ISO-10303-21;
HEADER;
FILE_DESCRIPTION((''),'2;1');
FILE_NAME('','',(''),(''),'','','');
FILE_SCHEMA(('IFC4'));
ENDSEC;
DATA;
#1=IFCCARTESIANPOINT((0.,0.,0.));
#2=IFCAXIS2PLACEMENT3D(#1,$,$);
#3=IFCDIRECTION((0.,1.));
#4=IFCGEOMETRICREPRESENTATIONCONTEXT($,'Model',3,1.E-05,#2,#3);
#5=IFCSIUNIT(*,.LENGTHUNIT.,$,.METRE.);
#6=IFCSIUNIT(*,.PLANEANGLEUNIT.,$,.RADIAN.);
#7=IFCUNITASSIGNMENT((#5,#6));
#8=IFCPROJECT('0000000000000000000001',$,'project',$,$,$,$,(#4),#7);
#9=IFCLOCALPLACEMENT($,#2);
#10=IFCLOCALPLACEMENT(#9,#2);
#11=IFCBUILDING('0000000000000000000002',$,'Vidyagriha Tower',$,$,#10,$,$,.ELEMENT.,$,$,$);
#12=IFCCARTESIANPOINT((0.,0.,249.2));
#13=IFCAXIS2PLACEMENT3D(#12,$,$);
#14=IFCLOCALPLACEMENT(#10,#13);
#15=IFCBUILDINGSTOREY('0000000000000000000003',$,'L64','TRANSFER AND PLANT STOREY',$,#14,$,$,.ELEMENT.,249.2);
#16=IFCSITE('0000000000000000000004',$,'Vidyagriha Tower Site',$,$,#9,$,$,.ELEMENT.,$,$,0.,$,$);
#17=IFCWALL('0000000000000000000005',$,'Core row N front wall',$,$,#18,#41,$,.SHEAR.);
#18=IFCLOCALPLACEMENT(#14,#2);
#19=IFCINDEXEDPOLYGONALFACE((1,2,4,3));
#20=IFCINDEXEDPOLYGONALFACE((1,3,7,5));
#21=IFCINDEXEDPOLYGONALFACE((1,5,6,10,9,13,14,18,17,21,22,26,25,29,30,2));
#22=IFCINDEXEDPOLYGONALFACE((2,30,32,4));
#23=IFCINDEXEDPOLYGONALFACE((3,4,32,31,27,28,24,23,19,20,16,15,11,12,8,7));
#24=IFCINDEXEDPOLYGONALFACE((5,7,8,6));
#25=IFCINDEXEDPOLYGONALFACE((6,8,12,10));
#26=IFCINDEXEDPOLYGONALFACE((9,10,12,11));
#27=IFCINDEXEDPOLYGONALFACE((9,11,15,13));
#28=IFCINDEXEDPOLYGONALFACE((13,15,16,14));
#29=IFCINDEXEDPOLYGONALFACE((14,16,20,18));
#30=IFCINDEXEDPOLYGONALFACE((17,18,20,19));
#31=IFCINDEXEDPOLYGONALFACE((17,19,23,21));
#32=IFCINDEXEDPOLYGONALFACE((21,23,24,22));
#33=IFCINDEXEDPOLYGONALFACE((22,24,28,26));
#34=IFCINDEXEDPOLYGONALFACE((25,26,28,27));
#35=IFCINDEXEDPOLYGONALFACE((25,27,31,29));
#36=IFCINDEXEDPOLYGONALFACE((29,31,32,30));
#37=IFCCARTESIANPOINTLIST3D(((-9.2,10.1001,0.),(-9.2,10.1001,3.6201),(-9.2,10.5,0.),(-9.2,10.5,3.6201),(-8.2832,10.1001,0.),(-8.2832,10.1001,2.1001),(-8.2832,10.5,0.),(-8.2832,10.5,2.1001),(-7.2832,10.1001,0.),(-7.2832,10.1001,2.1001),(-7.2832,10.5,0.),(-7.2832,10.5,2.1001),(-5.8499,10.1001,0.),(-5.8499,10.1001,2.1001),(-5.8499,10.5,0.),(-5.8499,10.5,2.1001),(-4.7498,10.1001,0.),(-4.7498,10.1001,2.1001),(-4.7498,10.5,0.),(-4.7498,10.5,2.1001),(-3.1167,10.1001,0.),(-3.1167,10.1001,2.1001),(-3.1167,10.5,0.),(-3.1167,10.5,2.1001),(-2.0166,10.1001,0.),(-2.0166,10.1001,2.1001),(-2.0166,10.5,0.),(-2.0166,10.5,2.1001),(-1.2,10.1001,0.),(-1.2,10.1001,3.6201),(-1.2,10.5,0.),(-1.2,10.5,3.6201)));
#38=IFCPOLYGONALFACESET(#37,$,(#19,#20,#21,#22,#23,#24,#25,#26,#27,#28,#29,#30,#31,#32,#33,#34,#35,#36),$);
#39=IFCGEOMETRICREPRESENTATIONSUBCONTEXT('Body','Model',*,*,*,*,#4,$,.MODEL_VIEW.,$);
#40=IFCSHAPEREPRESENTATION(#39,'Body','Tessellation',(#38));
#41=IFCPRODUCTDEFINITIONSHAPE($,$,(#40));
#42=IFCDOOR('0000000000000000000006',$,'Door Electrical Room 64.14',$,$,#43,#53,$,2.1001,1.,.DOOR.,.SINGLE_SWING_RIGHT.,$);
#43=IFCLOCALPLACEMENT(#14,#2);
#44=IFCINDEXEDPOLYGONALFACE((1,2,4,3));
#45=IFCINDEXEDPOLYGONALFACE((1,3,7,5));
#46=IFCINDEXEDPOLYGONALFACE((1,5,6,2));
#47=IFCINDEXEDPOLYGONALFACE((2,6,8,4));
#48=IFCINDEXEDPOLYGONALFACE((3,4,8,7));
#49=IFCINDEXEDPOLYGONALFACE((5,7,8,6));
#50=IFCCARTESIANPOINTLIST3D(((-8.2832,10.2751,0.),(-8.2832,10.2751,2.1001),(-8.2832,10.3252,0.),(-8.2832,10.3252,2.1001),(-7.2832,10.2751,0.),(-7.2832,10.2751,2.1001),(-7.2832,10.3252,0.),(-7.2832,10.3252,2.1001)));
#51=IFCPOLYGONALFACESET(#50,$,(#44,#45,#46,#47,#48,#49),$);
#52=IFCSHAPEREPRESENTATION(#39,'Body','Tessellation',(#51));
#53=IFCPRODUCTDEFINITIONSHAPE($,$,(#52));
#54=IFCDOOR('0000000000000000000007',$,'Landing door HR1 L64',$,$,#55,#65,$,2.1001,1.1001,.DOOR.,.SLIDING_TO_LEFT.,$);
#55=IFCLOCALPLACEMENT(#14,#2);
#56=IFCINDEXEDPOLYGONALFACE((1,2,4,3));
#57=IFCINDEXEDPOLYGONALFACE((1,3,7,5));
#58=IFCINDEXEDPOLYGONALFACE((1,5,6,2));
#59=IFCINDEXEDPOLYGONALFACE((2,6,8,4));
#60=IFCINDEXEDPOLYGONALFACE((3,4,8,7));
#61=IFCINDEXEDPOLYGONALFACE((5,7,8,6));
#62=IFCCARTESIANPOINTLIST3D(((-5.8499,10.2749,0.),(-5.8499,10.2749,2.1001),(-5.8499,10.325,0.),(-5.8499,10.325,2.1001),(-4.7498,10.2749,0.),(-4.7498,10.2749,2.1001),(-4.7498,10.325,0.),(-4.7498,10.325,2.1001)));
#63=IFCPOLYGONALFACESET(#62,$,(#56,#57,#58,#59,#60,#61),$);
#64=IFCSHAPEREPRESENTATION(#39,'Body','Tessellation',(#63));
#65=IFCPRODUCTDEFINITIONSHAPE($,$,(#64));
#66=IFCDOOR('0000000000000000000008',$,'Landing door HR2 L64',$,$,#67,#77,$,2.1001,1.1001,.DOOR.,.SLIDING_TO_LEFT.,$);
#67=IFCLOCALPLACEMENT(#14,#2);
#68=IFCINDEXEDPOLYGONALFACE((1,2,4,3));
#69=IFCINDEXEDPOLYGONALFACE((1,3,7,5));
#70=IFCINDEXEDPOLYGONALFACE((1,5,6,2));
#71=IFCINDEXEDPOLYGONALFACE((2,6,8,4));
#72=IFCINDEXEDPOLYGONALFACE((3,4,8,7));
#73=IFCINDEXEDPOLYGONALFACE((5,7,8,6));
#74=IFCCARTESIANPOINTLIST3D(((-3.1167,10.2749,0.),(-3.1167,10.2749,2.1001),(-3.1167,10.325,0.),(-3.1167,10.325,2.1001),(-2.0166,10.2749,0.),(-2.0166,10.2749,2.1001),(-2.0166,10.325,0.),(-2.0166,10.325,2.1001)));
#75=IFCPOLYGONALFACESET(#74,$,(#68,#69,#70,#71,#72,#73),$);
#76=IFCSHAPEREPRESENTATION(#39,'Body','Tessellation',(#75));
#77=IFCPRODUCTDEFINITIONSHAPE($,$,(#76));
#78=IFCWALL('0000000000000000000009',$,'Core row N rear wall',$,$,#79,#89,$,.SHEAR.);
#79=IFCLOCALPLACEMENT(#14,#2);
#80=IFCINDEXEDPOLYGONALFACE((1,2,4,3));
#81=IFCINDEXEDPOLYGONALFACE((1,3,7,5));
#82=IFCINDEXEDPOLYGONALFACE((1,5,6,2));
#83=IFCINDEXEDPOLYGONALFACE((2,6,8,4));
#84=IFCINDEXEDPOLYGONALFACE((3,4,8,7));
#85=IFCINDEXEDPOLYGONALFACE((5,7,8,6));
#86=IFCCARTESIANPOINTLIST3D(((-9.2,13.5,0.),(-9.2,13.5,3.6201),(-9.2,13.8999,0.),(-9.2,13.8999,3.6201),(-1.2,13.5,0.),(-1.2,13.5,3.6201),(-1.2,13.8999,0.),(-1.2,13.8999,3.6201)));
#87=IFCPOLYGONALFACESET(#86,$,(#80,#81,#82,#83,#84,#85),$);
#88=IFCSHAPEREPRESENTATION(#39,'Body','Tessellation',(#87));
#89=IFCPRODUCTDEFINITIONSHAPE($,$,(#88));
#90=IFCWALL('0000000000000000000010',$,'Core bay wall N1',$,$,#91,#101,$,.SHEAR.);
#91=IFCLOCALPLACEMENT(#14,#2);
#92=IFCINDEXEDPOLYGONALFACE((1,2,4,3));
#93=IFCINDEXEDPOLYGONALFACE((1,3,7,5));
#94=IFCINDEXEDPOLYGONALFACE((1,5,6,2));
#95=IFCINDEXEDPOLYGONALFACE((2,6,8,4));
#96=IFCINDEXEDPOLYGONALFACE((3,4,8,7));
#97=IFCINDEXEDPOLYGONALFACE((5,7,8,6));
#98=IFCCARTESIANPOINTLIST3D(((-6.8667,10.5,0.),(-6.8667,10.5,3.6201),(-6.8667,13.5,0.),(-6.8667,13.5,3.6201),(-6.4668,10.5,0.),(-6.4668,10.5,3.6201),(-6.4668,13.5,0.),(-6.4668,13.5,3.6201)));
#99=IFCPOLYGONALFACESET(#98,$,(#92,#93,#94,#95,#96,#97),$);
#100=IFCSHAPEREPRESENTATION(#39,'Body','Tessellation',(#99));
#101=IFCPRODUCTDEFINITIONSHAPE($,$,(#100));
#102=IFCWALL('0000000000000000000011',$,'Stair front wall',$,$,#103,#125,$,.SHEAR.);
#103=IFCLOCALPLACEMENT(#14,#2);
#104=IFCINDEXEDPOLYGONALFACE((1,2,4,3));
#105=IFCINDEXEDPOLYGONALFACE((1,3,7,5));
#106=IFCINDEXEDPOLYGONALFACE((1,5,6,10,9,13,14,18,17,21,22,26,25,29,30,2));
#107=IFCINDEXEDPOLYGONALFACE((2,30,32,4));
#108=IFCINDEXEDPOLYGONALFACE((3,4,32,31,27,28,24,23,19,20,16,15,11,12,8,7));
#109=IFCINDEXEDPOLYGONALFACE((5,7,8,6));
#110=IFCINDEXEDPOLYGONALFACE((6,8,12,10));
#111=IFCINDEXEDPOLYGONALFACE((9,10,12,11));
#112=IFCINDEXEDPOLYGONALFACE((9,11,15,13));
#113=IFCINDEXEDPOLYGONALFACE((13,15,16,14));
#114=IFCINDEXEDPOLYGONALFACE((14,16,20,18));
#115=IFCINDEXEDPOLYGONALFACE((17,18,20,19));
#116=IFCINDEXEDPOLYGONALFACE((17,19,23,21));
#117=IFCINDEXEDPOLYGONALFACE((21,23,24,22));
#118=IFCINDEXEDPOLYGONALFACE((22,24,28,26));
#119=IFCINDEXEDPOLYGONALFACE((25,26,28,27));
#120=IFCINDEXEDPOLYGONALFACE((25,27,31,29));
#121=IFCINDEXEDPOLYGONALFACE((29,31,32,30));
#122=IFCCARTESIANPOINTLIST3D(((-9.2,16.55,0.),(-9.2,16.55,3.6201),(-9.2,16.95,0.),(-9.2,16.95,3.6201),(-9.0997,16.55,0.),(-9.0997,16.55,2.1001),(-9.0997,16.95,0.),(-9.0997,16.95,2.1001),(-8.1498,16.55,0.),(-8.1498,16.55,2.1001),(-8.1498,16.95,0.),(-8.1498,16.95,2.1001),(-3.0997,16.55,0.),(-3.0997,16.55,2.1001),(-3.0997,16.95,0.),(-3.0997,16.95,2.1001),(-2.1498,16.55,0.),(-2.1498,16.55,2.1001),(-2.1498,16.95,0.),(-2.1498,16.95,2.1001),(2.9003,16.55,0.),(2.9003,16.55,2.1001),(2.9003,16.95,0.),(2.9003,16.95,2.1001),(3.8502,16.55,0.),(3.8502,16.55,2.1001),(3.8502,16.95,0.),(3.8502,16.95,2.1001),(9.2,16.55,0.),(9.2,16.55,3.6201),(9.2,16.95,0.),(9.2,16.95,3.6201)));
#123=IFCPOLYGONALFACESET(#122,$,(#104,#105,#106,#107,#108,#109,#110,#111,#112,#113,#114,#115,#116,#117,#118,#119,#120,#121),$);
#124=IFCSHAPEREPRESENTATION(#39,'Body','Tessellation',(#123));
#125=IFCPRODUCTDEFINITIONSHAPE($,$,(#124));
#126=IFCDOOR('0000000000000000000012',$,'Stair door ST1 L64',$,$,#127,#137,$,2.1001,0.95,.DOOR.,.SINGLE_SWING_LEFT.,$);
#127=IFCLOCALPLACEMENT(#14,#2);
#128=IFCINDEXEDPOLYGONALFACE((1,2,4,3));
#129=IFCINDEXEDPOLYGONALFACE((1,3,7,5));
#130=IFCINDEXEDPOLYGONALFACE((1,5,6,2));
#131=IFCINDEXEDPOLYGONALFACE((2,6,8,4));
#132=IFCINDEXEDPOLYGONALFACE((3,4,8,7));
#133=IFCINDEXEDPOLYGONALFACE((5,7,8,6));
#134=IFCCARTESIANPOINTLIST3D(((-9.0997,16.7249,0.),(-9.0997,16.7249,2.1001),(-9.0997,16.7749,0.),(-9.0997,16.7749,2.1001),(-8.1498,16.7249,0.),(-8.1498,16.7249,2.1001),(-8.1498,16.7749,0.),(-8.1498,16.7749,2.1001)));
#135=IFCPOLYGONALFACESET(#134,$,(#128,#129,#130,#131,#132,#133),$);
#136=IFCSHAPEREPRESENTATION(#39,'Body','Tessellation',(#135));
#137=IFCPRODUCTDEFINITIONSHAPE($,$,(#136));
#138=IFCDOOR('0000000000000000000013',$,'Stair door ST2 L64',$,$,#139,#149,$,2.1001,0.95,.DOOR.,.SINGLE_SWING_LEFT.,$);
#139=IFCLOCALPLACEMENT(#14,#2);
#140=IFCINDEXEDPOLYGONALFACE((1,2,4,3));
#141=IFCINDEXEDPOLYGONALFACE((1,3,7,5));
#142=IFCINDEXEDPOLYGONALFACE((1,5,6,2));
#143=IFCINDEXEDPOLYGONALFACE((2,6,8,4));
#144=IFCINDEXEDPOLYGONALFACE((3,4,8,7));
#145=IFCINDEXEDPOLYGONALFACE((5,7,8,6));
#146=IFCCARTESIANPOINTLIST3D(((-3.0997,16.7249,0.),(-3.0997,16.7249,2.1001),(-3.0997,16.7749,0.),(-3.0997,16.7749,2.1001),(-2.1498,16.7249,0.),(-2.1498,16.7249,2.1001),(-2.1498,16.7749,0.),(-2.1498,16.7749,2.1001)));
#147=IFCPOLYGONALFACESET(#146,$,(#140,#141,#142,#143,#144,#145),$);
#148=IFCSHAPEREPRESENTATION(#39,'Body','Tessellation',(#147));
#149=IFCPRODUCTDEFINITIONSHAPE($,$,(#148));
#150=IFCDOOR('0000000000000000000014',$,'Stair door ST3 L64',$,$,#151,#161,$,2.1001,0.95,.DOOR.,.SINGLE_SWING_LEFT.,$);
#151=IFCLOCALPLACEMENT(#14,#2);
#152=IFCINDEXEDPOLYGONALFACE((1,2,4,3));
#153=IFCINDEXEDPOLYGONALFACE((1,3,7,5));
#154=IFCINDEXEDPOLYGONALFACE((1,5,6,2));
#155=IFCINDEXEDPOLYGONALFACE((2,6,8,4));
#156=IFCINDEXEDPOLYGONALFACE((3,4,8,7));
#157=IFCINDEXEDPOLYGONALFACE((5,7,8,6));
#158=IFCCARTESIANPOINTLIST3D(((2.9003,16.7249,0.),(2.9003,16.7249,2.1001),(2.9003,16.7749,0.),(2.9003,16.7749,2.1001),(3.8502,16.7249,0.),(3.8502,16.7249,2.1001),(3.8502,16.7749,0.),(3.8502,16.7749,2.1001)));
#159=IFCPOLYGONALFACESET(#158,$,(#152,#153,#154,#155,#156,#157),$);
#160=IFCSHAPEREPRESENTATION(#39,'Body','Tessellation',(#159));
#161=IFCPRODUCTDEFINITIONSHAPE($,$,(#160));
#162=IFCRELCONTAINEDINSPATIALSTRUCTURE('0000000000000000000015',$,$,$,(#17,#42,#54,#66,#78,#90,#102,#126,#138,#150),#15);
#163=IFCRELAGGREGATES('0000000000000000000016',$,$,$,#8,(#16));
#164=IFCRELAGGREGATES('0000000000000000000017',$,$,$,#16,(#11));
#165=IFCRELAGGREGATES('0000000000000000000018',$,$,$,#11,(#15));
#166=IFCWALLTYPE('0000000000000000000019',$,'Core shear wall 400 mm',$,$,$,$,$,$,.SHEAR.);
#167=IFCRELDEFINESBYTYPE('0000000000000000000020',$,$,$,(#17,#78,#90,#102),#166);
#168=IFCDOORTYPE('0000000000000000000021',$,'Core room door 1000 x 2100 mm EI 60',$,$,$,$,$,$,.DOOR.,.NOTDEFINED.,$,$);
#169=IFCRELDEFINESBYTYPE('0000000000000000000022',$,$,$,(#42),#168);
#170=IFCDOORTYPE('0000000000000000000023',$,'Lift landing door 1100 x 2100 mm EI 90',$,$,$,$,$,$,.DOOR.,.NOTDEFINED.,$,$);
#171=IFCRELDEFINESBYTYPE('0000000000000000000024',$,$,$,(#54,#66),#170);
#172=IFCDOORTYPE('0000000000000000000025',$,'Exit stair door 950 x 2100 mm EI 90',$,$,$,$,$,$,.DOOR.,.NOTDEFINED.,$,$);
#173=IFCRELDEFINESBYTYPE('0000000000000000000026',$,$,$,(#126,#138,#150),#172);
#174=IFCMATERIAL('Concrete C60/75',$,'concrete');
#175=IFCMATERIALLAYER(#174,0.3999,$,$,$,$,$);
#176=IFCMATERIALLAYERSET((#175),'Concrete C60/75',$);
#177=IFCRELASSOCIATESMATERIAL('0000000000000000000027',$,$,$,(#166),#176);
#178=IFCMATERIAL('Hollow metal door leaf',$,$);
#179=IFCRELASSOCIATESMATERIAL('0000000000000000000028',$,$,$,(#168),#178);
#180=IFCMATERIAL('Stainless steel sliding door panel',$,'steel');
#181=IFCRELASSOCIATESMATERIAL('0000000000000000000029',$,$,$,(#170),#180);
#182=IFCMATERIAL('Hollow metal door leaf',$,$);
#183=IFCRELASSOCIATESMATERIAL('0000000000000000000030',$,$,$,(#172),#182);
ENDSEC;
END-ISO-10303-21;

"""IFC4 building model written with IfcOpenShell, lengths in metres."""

from ifc_helpers import new_model, si_unit, direction, frame, frame_2d, origin, place, context, subcontext, project, spatial, rectangle, extrude, material, layer, layer_set, type_object, element, fill, save


model = new_model("IFC4")

# Units and contexts
model_context = context("Model", 3, precision=1e-05, world=origin(), true_north=direction((0.0, 1.0)))
body_context = subcontext(model_context, "Body", "Model", "MODEL_VIEW")
ifc_project = project(units=[si_unit("LENGTHUNIT", "METRE"), si_unit("PLANEANGLEUNIT", "RADIAN")], contexts=[model_context])

# Site, building, storey
site_placement = place(None, origin())
site = spatial("IfcSite", under=ifc_project, at=site_placement, Name="Vidyagriha Tower Site", CompositionType="ELEMENT", RefElevation=0.0)
building_placement = place(site_placement, origin())
building = spatial("IfcBuilding", under=site, at=building_placement, Name="Vidyagriha Tower", CompositionType="ELEMENT")
storey_placement = place(building_placement, frame((0.0, 0.0, 249.2)))
storey = spatial("IfcBuildingStorey", under=building, at=storey_placement, Name="L64", Description="TRANSFER AND PLANT STOREY", CompositionType="ELEMENT", Elevation=249.2)

# Wall, openings, doors
ifc_material_1 = material(Name="Concrete C60/75", Category="concrete")
ifc_layer_1 = layer(ifc_material_1, 0.3999)
ifc_layer_set_1 = layer_set([ifc_layer_1], Name="Concrete C60/75")
wall_type_1 = type_object("IfcWallType", Name="Core shear wall 400 mm", PredefinedType="SHEAR", material=ifc_layer_set_1)
wall_1_placement = place(storey_placement, frame((-9.2, 10.3, 0.0)))
wall_1 = element("IfcWall", 1, at=wall_1_placement, inside=storey, type_object=wall_type_1, Name="Core row N front wall", PredefinedType="SHEAR", context=body_context, shape_type="SweptSolid", body=[
    extrude(rectangle(XDim=8.0, YDim=0.3999, at=frame_2d((4.0, 0.0))), origin(), (0.0, 0.0, 1.0), 3.6201),
])
opening_1_placement = place(wall_1_placement, frame((3.3501, 0.0, 0.0)))
opening_1 = element("IfcOpeningElement", 2, at=opening_1_placement, cuts=wall_1, PredefinedType="OPENING", context=body_context, shape_type="SweptSolid", body=[
    extrude(rectangle(XDim=1.1001, YDim=2.1001, at=frame_2d((0.55, 1.05))), frame((0.0, 0.21, 0.0), z_axis=(0.0, -1.0, 0.0), x_axis=(1.0, 0.0, 0.0)), (0.0, 0.0, 1.0), 0.4199),
])
opening_2_placement = place(wall_1_placement, frame((6.0833, 0.0, 0.0)))
opening_2 = element("IfcOpeningElement", 3, at=opening_2_placement, cuts=wall_1, PredefinedType="OPENING", context=body_context, shape_type="SweptSolid", body=[
    extrude(rectangle(XDim=1.1001, YDim=2.1001, at=frame_2d((0.55, 1.05))), frame((0.0, 0.21, 0.0), z_axis=(0.0, -1.0, 0.0), x_axis=(1.0, 0.0, 0.0)), (0.0, 0.0, 1.0), 0.4199),
])
opening_3_placement = place(wall_1_placement, frame((0.9167, 0.0, 0.0)))
opening_3 = element("IfcOpeningElement", 4, at=opening_3_placement, cuts=wall_1, PredefinedType="OPENING", context=body_context, shape_type="SweptSolid", body=[
    extrude(rectangle(XDim=1.0, YDim=2.1001, at=frame_2d((0.5, 1.05))), frame((0.0, 0.21, 0.0), z_axis=(0.0, -1.0, 0.0), x_axis=(1.0, 0.0, 0.0)), (0.0, 0.0, 1.0), 0.4199),
])
ifc_material_2 = material(Name="Hollow metal door leaf")
door_type_1 = type_object("IfcDoorType", Name="Core room door 1000 x 2100 mm EI 60", OperationType="NOTDEFINED", PredefinedType="DOOR", material=ifc_material_2)
door_1_placement = place(opening_3_placement, frame((1.0, 0.0, 0.0), z_axis=(0.0, 0.0, 1.0), x_axis=(-1.0, 0.0, 0.0)))
door_1 = element("IfcDoor", 5, at=door_1_placement, inside=storey, type_object=door_type_1, Name="Door Electrical Room 64.14", OperationType="SINGLE_SWING_RIGHT", OverallHeight=2.1001, OverallWidth=1.0, PredefinedType="DOOR", context=body_context, shape_type="SweptSolid", body=[
    extrude(rectangle(XDim=1.0, YDim=2.1001, at=frame_2d((0.5, 1.05))), frame((0.0, 0.0249, 0.0), z_axis=(0.0, -1.0, 0.0), x_axis=(1.0, 0.0, 0.0)), (0.0, 0.0, 1.0), 0.05),
])
fill(opening_3, door_1)
ifc_material_3 = material(Name="Stainless steel sliding door panel", Category="steel")
door_type_2 = type_object("IfcDoorType", Name="Lift landing door 1100 x 2100 mm EI 90", OperationType="NOTDEFINED", PredefinedType="DOOR", material=ifc_material_3)
door_2_placement = place(opening_1_placement, origin())
door_2 = element("IfcDoor", 6, at=door_2_placement, inside=storey, type_object=door_type_2, Name="Landing door HR1 L64", OperationType="SLIDING_TO_LEFT", OverallHeight=2.1001, OverallWidth=1.1001, PredefinedType="DOOR", context=body_context, shape_type="SweptSolid", body=[
    extrude(rectangle(XDim=1.1001, YDim=2.1001, at=frame_2d((0.55, 1.05))), frame((0.0, 0.0249, 0.0), z_axis=(0.0, -1.0, 0.0), x_axis=(1.0, 0.0, 0.0)), (0.0, 0.0, 1.0), 0.05),
])
fill(opening_1, door_2)
door_3_placement = place(opening_2_placement, origin())
door_3 = element("IfcDoor", 7, at=door_3_placement, inside=storey, type_object=door_type_2, Name="Landing door HR2 L64", OperationType="SLIDING_TO_LEFT", OverallHeight=2.1001, OverallWidth=1.1001, PredefinedType="DOOR", context=body_context, shape_type="SweptSolid", body=[
    extrude(rectangle(XDim=1.1001, YDim=2.1001, at=frame_2d((0.55, 1.05))), frame((0.0, 0.0249, 0.0), z_axis=(0.0, -1.0, 0.0), x_axis=(1.0, 0.0, 0.0)), (0.0, 0.0, 1.0), 0.05),
])
fill(opening_2, door_3)

# Walls
wall_2_placement = place(storey_placement, frame((-9.2, 13.7, 0.0)))
element("IfcWall", 8, at=wall_2_placement, inside=storey, type_object=wall_type_1, Name="Core row N rear wall", PredefinedType="SHEAR", context=body_context, shape_type="SweptSolid", body=[
    extrude(rectangle(XDim=8.0, YDim=0.3999, at=frame_2d((4.0, 0.0))), origin(), (0.0, 0.0, 1.0), 3.6201),
])
wall_3_placement = place(storey_placement, frame((-6.6667, 10.5, 0.0), z_axis=(0.0, 0.0, 1.0), x_axis=(0.0, 1.0, 0.0)))
element("IfcWall", 9, at=wall_3_placement, inside=storey, type_object=wall_type_1, Name="Core bay wall N1", PredefinedType="SHEAR", context=body_context, shape_type="SweptSolid", body=[
    extrude(rectangle(XDim=3.0, YDim=0.3999, at=frame_2d((1.5, 0.0))), origin(), (0.0, 0.0, 1.0), 3.6201),
])

# Wall, openings, doors
wall_4_placement = place(storey_placement, frame((-9.2, 16.75, 0.0)))
wall_4 = element("IfcWall", 10, at=wall_4_placement, inside=storey, type_object=wall_type_1, Name="Stair front wall", PredefinedType="SHEAR", context=body_context, shape_type="SweptSolid", body=[
    extrude(rectangle(XDim=18.3999, YDim=0.3999, at=frame_2d((9.2, 0.0))), origin(), (0.0, 0.0, 1.0), 3.6201),
])
opening_4_placement = place(wall_4_placement, frame((0.1001, 0.0, 0.0)))
opening_4 = element("IfcOpeningElement", 11, at=opening_4_placement, cuts=wall_4, PredefinedType="OPENING", context=body_context, shape_type="SweptSolid", body=[
    extrude(rectangle(XDim=0.95, YDim=2.1001, at=frame_2d((0.4751, 1.05))), frame((0.0, 0.21, 0.0), z_axis=(0.0, -1.0, 0.0), x_axis=(1.0, 0.0, 0.0)), (0.0, 0.0, 1.0), 0.4199),
])
opening_5_placement = place(wall_4_placement, frame((6.1001, 0.0, 0.0)))
opening_5 = element("IfcOpeningElement", 12, at=opening_5_placement, cuts=wall_4, PredefinedType="OPENING", context=body_context, shape_type="SweptSolid", body=[
    extrude(rectangle(XDim=0.95, YDim=2.1001, at=frame_2d((0.4751, 1.05))), frame((0.0, 0.21, 0.0), z_axis=(0.0, -1.0, 0.0), x_axis=(1.0, 0.0, 0.0)), (0.0, 0.0, 1.0), 0.4199),
])
opening_6_placement = place(wall_4_placement, frame((12.1001, 0.0, 0.0)))
opening_6 = element("IfcOpeningElement", 13, at=opening_6_placement, cuts=wall_4, PredefinedType="OPENING", context=body_context, shape_type="SweptSolid", body=[
    extrude(rectangle(XDim=0.95, YDim=2.1001, at=frame_2d((0.4751, 1.05))), frame((0.0, 0.21, 0.0), z_axis=(0.0, -1.0, 0.0), x_axis=(1.0, 0.0, 0.0)), (0.0, 0.0, 1.0), 0.4199),
])
ifc_material_4 = material(Name="Hollow metal door leaf")
door_type_3 = type_object("IfcDoorType", Name="Exit stair door 950 x 2100 mm EI 90", OperationType="NOTDEFINED", PredefinedType="DOOR", material=ifc_material_4)
door_4_placement = place(opening_4_placement, origin())
door_4 = element("IfcDoor", 14, at=door_4_placement, inside=storey, type_object=door_type_3, Name="Stair door ST1 L64", OperationType="SINGLE_SWING_LEFT", OverallHeight=2.1001, OverallWidth=0.95, PredefinedType="DOOR", context=body_context, shape_type="SweptSolid", body=[
    extrude(rectangle(XDim=0.95, YDim=2.1001, at=frame_2d((0.4751, 1.05))), frame((0.0, 0.0249, 0.0), z_axis=(0.0, -1.0, 0.0), x_axis=(1.0, 0.0, 0.0)), (0.0, 0.0, 1.0), 0.05),
])
fill(opening_4, door_4)
door_5_placement = place(opening_5_placement, origin())
door_5 = element("IfcDoor", 15, at=door_5_placement, inside=storey, type_object=door_type_3, Name="Stair door ST2 L64", OperationType="SINGLE_SWING_LEFT", OverallHeight=2.1001, OverallWidth=0.95, PredefinedType="DOOR", context=body_context, shape_type="SweptSolid", body=[
    extrude(rectangle(XDim=0.95, YDim=2.1001, at=frame_2d((0.4751, 1.05))), frame((0.0, 0.0249, 0.0), z_axis=(0.0, -1.0, 0.0), x_axis=(1.0, 0.0, 0.0)), (0.0, 0.0, 1.0), 0.05),
])
fill(opening_5, door_5)
door_6_placement = place(opening_6_placement, origin())
door_6 = element("IfcDoor", 16, at=door_6_placement, inside=storey, type_object=door_type_3, Name="Stair door ST3 L64", OperationType="SINGLE_SWING_LEFT", OverallHeight=2.1001, OverallWidth=0.95, PredefinedType="DOOR", context=body_context, shape_type="SweptSolid", body=[
    extrude(rectangle(XDim=0.95, YDim=2.1001, at=frame_2d((0.4751, 1.05))), frame((0.0, 0.0249, 0.0), z_axis=(0.0, -1.0, 0.0), x_axis=(1.0, 0.0, 0.0)), (0.0, 0.0, 1.0), 0.05),
])
fill(opening_6, door_6)

save(model, "model.ifc")
